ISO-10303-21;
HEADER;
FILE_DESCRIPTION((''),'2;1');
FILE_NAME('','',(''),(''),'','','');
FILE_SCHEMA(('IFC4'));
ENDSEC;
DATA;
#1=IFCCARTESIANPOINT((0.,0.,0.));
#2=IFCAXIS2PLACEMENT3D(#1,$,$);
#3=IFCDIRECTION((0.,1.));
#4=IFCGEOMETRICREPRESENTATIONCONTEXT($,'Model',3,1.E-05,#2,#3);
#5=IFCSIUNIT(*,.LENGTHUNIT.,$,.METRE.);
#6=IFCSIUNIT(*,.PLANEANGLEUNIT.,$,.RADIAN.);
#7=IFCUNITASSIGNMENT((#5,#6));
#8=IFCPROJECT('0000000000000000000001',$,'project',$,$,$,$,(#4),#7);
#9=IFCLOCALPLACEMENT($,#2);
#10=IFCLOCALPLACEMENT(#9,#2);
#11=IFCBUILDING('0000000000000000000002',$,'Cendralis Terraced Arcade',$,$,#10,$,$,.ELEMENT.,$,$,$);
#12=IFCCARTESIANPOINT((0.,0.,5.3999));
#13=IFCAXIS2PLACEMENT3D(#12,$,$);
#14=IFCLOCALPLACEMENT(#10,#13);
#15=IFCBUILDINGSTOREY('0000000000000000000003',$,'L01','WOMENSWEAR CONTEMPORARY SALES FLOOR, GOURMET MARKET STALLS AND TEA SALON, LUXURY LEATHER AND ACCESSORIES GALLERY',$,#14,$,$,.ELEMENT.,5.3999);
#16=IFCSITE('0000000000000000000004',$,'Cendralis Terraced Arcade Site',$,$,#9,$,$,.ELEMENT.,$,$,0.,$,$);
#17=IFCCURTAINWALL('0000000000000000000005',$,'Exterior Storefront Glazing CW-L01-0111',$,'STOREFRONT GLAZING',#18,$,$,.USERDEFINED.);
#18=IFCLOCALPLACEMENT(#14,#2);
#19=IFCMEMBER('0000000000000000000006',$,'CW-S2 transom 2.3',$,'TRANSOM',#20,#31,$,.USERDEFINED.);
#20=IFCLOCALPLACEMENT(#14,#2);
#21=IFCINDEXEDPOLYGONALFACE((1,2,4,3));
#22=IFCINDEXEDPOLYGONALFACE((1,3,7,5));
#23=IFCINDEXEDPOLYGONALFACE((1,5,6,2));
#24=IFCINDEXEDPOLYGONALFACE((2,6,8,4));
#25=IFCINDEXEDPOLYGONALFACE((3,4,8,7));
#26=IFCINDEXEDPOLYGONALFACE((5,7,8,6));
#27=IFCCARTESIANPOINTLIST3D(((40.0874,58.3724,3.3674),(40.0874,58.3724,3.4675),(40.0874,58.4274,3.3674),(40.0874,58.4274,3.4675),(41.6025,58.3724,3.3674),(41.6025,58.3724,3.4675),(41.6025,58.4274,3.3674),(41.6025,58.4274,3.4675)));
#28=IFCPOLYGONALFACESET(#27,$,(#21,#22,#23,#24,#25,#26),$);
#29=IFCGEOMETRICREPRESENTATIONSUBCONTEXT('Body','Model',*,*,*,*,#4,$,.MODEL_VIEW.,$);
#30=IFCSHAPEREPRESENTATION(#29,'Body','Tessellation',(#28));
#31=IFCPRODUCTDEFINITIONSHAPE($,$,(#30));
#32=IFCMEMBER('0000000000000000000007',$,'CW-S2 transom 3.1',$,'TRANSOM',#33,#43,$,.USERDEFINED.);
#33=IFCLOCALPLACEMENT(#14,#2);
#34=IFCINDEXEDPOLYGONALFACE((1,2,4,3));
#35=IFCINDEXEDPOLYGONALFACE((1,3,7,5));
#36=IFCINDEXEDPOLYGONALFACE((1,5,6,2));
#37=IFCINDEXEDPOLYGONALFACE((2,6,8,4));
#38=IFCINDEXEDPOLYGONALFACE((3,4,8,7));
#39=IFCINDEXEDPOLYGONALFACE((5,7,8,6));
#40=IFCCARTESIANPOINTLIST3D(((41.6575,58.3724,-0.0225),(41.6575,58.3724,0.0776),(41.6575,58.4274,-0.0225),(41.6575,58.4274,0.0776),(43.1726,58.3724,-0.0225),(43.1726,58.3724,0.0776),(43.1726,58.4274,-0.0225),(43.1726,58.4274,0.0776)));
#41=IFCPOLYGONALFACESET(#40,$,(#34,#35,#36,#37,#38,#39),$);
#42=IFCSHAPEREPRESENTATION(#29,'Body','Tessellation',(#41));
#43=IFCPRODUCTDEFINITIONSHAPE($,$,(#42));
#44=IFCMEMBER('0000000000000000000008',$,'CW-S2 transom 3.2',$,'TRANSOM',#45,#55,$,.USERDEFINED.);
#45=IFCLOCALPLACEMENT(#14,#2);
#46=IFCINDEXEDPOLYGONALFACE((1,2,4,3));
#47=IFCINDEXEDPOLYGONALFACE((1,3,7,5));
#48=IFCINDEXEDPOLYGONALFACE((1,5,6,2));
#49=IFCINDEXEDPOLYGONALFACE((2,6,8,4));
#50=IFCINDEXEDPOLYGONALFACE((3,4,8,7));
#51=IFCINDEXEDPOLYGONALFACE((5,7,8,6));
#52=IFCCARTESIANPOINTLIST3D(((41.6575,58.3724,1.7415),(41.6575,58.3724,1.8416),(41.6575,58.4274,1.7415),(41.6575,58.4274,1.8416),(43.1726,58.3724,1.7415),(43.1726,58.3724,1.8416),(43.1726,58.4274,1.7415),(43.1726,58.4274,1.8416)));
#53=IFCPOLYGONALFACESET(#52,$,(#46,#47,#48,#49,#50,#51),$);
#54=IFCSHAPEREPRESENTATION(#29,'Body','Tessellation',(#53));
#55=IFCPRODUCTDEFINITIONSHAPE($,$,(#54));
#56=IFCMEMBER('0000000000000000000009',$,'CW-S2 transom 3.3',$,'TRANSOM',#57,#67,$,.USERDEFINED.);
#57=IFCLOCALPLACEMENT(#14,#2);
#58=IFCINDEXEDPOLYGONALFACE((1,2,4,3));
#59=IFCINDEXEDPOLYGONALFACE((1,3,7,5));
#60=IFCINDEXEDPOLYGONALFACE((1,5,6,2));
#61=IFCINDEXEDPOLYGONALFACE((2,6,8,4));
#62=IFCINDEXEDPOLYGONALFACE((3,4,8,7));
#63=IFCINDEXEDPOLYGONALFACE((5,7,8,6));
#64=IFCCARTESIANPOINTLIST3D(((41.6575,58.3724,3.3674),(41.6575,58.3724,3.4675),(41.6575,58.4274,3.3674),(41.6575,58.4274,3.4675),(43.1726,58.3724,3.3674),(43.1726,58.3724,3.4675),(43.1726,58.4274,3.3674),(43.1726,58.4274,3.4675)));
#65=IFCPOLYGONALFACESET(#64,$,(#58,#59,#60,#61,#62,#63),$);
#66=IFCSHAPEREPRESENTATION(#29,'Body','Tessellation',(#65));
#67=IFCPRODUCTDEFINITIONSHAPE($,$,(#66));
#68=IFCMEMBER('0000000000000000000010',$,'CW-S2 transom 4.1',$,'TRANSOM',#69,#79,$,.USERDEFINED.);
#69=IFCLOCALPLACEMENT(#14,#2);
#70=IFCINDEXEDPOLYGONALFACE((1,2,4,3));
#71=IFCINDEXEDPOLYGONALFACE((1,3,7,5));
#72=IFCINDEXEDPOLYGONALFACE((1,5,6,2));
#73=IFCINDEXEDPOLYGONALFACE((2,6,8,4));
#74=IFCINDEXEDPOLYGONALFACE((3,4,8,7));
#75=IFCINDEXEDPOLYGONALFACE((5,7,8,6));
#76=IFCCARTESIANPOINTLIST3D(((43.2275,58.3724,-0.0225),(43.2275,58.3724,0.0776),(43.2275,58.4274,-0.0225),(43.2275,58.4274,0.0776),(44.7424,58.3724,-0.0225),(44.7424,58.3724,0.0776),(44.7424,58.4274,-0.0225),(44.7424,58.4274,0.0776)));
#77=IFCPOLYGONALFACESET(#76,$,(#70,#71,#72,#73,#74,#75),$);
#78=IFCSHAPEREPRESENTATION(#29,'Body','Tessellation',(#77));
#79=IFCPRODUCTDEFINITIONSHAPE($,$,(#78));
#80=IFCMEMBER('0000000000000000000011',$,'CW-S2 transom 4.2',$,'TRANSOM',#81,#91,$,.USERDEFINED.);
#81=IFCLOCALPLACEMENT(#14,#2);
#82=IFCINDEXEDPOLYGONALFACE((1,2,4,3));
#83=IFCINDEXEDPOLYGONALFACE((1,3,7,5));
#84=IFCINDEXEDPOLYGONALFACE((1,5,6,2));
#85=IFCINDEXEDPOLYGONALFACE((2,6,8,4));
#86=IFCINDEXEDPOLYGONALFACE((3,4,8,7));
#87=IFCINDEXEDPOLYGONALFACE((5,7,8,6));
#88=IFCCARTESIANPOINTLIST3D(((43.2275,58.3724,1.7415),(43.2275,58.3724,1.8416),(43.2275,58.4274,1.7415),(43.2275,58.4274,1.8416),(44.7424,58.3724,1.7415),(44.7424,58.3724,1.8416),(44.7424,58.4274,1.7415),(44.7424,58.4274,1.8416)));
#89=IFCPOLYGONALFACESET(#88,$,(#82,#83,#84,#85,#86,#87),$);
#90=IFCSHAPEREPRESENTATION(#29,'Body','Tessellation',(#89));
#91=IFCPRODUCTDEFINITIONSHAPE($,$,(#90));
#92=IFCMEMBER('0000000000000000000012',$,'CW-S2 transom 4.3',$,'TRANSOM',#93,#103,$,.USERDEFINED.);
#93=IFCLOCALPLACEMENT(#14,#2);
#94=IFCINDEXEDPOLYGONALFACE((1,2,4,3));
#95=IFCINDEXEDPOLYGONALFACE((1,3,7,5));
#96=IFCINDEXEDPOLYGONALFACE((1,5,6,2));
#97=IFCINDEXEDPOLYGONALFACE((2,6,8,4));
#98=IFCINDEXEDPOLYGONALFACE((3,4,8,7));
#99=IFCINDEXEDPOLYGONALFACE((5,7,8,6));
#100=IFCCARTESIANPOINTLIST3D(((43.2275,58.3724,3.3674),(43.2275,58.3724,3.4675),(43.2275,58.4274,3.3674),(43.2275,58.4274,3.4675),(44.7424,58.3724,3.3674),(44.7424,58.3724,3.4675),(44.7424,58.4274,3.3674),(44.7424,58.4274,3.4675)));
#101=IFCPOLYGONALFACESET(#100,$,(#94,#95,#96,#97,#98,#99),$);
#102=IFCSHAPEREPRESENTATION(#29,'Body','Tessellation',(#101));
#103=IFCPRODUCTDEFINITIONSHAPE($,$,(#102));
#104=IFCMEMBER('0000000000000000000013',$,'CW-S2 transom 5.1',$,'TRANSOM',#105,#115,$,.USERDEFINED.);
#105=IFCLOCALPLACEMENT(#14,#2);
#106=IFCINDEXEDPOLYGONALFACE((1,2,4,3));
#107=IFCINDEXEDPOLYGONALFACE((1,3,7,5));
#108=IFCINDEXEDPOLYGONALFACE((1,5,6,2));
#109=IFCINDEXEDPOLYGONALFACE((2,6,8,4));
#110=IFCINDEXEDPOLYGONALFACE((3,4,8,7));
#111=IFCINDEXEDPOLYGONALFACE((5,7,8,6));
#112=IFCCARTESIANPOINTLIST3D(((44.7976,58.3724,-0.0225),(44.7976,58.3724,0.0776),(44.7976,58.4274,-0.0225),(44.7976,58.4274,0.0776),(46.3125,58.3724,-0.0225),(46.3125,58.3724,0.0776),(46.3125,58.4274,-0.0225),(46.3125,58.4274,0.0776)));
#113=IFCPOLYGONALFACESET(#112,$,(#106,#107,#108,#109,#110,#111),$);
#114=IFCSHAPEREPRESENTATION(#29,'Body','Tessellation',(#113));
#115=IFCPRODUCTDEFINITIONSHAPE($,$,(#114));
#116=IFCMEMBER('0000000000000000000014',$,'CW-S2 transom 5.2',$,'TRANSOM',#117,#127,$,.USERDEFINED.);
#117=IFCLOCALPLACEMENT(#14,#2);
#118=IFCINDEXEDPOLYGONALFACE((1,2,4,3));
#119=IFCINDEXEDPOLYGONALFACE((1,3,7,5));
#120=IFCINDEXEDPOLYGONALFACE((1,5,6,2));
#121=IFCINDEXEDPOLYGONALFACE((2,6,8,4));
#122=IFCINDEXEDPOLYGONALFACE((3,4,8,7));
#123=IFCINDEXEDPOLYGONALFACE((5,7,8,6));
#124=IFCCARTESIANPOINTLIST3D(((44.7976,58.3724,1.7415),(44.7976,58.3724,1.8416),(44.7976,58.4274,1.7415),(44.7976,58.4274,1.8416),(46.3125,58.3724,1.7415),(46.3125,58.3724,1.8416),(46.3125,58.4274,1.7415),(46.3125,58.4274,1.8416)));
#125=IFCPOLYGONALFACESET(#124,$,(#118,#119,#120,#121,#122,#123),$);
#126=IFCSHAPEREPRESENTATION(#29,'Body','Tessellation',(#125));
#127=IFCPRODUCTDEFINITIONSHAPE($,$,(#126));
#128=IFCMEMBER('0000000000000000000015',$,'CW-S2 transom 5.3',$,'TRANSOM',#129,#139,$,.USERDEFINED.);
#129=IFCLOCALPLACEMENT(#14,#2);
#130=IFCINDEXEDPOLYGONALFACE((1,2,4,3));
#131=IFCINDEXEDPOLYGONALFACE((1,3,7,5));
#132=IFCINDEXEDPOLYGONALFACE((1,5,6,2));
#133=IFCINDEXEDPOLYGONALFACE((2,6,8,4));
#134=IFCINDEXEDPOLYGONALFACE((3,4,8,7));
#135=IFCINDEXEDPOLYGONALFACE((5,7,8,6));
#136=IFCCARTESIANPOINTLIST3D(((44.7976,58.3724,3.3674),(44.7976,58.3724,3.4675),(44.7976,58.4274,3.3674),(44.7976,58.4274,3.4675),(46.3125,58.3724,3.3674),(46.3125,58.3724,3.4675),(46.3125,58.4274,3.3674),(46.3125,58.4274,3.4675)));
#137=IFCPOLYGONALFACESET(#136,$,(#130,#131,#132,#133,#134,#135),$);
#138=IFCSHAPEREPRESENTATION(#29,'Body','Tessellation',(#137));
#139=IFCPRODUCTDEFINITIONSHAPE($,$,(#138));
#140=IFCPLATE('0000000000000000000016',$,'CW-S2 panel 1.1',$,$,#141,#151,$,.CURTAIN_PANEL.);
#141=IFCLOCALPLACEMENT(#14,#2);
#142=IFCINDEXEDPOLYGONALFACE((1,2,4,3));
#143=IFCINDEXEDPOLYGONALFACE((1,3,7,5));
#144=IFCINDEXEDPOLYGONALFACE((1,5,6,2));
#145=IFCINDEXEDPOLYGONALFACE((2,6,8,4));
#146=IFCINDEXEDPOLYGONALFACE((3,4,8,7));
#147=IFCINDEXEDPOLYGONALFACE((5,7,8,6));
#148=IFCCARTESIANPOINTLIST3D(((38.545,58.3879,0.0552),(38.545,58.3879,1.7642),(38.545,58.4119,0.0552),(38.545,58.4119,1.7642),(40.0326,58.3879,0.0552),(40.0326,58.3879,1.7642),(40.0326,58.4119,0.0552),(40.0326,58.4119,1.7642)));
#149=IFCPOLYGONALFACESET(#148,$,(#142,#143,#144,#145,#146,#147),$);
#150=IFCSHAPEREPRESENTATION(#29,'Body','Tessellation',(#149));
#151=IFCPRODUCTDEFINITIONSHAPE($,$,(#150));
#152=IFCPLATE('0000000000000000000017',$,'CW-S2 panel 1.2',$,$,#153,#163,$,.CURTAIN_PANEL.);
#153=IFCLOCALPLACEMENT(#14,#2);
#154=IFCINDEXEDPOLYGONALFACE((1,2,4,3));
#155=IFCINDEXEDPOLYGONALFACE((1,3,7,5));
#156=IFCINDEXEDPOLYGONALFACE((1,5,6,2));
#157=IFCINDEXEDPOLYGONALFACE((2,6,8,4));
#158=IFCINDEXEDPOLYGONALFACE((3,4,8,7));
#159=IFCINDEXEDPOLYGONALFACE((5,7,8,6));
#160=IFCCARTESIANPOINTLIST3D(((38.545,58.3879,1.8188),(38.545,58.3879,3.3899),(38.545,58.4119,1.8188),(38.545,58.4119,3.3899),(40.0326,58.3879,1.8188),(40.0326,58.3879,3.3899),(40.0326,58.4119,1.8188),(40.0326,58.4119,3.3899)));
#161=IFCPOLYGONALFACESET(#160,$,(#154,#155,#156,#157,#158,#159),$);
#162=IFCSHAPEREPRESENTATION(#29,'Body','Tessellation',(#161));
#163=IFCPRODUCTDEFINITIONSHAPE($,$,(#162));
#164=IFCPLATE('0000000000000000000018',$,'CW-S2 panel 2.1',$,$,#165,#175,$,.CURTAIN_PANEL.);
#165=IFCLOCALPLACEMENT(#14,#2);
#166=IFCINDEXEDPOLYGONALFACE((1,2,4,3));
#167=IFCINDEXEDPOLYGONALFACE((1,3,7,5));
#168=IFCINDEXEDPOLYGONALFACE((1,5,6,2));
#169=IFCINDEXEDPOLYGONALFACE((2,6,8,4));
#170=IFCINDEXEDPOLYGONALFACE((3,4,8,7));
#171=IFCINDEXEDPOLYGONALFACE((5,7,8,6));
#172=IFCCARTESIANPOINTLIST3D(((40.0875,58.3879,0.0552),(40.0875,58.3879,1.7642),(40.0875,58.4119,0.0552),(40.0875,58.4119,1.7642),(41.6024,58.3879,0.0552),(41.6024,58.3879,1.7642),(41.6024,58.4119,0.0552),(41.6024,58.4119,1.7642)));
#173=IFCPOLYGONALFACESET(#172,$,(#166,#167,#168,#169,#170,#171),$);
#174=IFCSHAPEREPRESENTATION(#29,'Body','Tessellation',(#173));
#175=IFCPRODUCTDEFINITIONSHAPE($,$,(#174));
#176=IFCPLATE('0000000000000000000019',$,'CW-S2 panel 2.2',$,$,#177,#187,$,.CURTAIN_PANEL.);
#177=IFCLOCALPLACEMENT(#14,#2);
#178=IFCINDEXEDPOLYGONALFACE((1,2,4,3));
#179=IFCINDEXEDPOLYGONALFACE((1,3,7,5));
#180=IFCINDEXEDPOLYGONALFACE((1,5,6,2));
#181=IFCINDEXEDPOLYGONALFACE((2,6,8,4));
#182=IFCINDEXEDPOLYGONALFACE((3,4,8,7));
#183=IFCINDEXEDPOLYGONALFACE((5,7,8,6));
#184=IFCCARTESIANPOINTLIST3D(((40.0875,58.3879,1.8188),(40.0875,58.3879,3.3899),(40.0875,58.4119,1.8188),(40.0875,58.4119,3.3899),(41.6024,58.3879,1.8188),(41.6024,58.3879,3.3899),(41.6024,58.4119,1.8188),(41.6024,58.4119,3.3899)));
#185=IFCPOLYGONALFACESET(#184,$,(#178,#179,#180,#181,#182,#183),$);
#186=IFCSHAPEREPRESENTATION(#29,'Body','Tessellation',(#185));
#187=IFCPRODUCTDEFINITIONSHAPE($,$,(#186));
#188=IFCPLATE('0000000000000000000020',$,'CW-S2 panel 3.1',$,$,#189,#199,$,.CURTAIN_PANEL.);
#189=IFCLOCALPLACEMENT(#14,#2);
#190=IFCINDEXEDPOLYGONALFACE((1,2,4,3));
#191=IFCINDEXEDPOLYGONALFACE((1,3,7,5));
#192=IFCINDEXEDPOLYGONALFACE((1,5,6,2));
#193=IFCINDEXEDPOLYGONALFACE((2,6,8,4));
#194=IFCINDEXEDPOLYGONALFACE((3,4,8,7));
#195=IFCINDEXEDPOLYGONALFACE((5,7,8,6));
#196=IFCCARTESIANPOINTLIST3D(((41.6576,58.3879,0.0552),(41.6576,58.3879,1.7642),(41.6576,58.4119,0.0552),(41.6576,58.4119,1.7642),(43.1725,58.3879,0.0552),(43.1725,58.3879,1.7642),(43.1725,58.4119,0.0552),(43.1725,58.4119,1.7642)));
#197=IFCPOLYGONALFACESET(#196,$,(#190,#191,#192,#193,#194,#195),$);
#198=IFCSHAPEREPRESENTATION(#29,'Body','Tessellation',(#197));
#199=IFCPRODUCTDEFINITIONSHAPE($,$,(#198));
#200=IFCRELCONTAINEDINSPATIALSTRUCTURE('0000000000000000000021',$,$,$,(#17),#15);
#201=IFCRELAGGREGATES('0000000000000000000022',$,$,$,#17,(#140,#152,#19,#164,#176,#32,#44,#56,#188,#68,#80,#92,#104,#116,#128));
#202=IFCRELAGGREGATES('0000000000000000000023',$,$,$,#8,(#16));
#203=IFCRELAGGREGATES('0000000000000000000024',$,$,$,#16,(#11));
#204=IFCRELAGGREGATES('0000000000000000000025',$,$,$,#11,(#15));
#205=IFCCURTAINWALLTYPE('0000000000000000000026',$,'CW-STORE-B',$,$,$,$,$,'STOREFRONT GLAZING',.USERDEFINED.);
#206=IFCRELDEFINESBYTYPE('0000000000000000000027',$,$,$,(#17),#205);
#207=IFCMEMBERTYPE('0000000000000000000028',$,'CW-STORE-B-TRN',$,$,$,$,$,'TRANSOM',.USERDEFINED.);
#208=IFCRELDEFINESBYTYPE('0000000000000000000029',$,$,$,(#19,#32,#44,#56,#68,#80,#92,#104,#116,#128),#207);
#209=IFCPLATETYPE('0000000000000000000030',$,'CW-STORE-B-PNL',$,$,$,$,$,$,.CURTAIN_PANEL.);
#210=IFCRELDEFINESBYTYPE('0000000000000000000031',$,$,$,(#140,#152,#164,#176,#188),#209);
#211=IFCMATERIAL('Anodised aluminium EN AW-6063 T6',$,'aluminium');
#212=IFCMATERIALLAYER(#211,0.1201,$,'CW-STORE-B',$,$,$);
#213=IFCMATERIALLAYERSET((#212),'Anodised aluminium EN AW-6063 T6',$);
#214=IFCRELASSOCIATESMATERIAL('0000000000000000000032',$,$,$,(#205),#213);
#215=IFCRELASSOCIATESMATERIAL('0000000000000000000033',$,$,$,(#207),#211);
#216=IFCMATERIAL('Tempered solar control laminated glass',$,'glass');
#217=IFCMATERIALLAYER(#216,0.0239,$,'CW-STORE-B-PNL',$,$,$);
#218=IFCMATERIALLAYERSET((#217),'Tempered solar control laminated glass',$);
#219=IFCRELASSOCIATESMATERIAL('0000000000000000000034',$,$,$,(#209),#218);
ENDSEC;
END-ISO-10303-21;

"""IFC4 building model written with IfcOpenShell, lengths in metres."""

from ifc_helpers import new_model, si_unit, direction, frame, origin, origin_2d, place, context, subcontext, project, spatial, rectangle, extrude, material, layer, layer_set, material_profile, profile_set, type_object, element, aggregate, save


model = new_model("IFC4")

# Units and contexts
model_context = context("Model", 3, precision=1e-05, world=origin(), true_north=direction((0.0, 1.0)))
body_context = subcontext(model_context, "Body", "Model", "MODEL_VIEW")
ifc_project = project(units=[si_unit("LENGTHUNIT", "METRE"), si_unit("PLANEANGLEUNIT", "RADIAN")], contexts=[model_context])

# Site, building, storey
site_placement = place(None, origin())
site = spatial("IfcSite", under=ifc_project, at=site_placement, Name="Cendralis Terraced Arcade Site", CompositionType="ELEMENT", RefElevation=0.0)
building_placement = place(site_placement, origin())
building = spatial("IfcBuilding", under=site, at=building_placement, Name="Cendralis Terraced Arcade", CompositionType="ELEMENT")
storey_placement = place(building_placement, frame((0.0, 0.0, 5.3999)))
storey = spatial("IfcBuildingStorey", under=building, at=storey_placement, Name="L01", Description="WOMENSWEAR CONTEMPORARY SALES FLOOR, GOURMET MARKET STALLS AND TEA SALON, LUXURY LEATHER AND ACCESSORIES GALLERY", CompositionType="ELEMENT", Elevation=5.3999)

# Curtain wall, members, plates
ifc_material_1 = material(Name="Anodised aluminium EN AW-6063 T6", Category="aluminium")
ifc_layer_1 = layer(ifc_material_1, 0.1201, Name="CW-STORE-B")
ifc_layer_set_1 = layer_set([ifc_layer_1], Name="Anodised aluminium EN AW-6063 T6")
curtain_wall_type = type_object("IfcCurtainWallType", Name="CW-STORE-B", ElementType="STOREFRONT GLAZING", PredefinedType="USERDEFINED", material=ifc_layer_set_1)
curtain_wall_placement = place(storey_placement, origin())
curtain_wall = element("IfcCurtainWall", 1, at=curtain_wall_placement, inside=storey, type_object=curtain_wall_type, Name="Exterior Storefront Glazing CW-L01-0111", ObjectType="STOREFRONT GLAZING", PredefinedType="USERDEFINED")
ifc_material_profile_1 = material_profile(ifc_material_1, rectangle(XDim=0.0549, YDim=0.1001, at=origin_2d()), Name="ALU-TRN-55x100")
ifc_profile_set_1 = profile_set([ifc_material_profile_1], Name="Anodised aluminium EN AW-6063 T6")
member_type_1 = type_object("IfcMemberType", Name="CW-STORE-B-TRN", ElementType="TRANSOM", PredefinedType="USERDEFINED", material=ifc_profile_set_1)
member_1_placement = place(storey_placement, frame((40.0874, 58.3999, 3.4175), z_axis=(1.0, 0.0, 0.0), x_axis=(0.0, 1.0, 0.0)))
member_1 = element("IfcMember", 2, at=member_1_placement, type_object=member_type_1, Name="CW-S2 transom 2.3", ObjectType="TRANSOM", PredefinedType="USERDEFINED", context=body_context, shape_type="SweptSolid", body=[
    extrude(rectangle(XDim=0.0549, YDim=0.1001, at=origin_2d()), origin(), (0.0, 0.0, 1.0), 1.5151),
])
member_2_placement = place(storey_placement, frame((41.6575, 58.3999, 0.0276), z_axis=(1.0, 0.0, 0.0), x_axis=(0.0, 1.0, 0.0)))
member_2 = element("IfcMember", 3, at=member_2_placement, type_object=member_type_1, Name="CW-S2 transom 3.1", ObjectType="TRANSOM", PredefinedType="USERDEFINED", context=body_context, shape_type="SweptSolid", body=[
    extrude(rectangle(XDim=0.0549, YDim=0.1001, at=origin_2d()), origin(), (0.0, 0.0, 1.0), 1.5151),
])
member_3_placement = place(storey_placement, frame((41.6575, 58.3999, 1.7915), z_axis=(1.0, 0.0, 0.0), x_axis=(0.0, 1.0, 0.0)))
member_3 = element("IfcMember", 4, at=member_3_placement, type_object=member_type_1, Name="CW-S2 transom 3.2", ObjectType="TRANSOM", PredefinedType="USERDEFINED", context=body_context, shape_type="SweptSolid", body=[
    extrude(rectangle(XDim=0.0549, YDim=0.1001, at=origin_2d()), origin(), (0.0, 0.0, 1.0), 1.5151),
])
member_4_placement = place(storey_placement, frame((41.6575, 58.3999, 3.4175), z_axis=(1.0, 0.0, 0.0), x_axis=(0.0, 1.0, 0.0)))
member_4 = element("IfcMember", 5, at=member_4_placement, type_object=member_type_1, Name="CW-S2 transom 3.3", ObjectType="TRANSOM", PredefinedType="USERDEFINED", context=body_context, shape_type="SweptSolid", body=[
    extrude(rectangle(XDim=0.0549, YDim=0.1001, at=origin_2d()), origin(), (0.0, 0.0, 1.0), 1.5151),
])
member_5_placement = place(storey_placement, frame((43.2275, 58.3999, 0.0276), z_axis=(1.0, 0.0, 0.0), x_axis=(0.0, 1.0, 0.0)))
member_5 = element("IfcMember", 6, at=member_5_placement, type_object=member_type_1, Name="CW-S2 transom 4.1", ObjectType="TRANSOM", PredefinedType="USERDEFINED", context=body_context, shape_type="SweptSolid", body=[
    extrude(rectangle(XDim=0.0549, YDim=0.1001, at=origin_2d()), origin(), (0.0, 0.0, 1.0), 1.5149),
])
member_6_placement = place(storey_placement, frame((43.2275, 58.3999, 1.7915), z_axis=(1.0, 0.0, 0.0), x_axis=(0.0, 1.0, 0.0)))
member_6 = element("IfcMember", 7, at=member_6_placement, type_object=member_type_1, Name="CW-S2 transom 4.2", ObjectType="TRANSOM", PredefinedType="USERDEFINED", context=body_context, shape_type="SweptSolid", body=[
    extrude(rectangle(XDim=0.0549, YDim=0.1001, at=origin_2d()), origin(), (0.0, 0.0, 1.0), 1.5149),
])
member_7_placement = place(storey_placement, frame((43.2275, 58.3999, 3.4175), z_axis=(1.0, 0.0, 0.0), x_axis=(0.0, 1.0, 0.0)))
member_7 = element("IfcMember", 8, at=member_7_placement, type_object=member_type_1, Name="CW-S2 transom 4.3", ObjectType="TRANSOM", PredefinedType="USERDEFINED", context=body_context, shape_type="SweptSolid", body=[
    extrude(rectangle(XDim=0.0549, YDim=0.1001, at=origin_2d()), origin(), (0.0, 0.0, 1.0), 1.5149),
])
member_8_placement = place(storey_placement, frame((44.7976, 58.3999, 0.0276), z_axis=(1.0, 0.0, 0.0), x_axis=(0.0, 1.0, 0.0)))
member_8 = element("IfcMember", 9, at=member_8_placement, type_object=member_type_1, Name="CW-S2 transom 5.1", ObjectType="TRANSOM", PredefinedType="USERDEFINED", context=body_context, shape_type="SweptSolid", body=[
    extrude(rectangle(XDim=0.0549, YDim=0.1001, at=origin_2d()), origin(), (0.0, 0.0, 1.0), 1.5149),
])
member_9_placement = place(storey_placement, frame((44.7976, 58.3999, 1.7915), z_axis=(1.0, 0.0, 0.0), x_axis=(0.0, 1.0, 0.0)))
member_9 = element("IfcMember", 10, at=member_9_placement, type_object=member_type_1, Name="CW-S2 transom 5.2", ObjectType="TRANSOM", PredefinedType="USERDEFINED", context=body_context, shape_type="SweptSolid", body=[
    extrude(rectangle(XDim=0.0549, YDim=0.1001, at=origin_2d()), origin(), (0.0, 0.0, 1.0), 1.5149),
])
member_10_placement = place(storey_placement, frame((44.7976, 58.3999, 3.4175), z_axis=(1.0, 0.0, 0.0), x_axis=(0.0, 1.0, 0.0)))
member_10 = element("IfcMember", 11, at=member_10_placement, type_object=member_type_1, Name="CW-S2 transom 5.3", ObjectType="TRANSOM", PredefinedType="USERDEFINED", context=body_context, shape_type="SweptSolid", body=[
    extrude(rectangle(XDim=0.0549, YDim=0.1001, at=origin_2d()), origin(), (0.0, 0.0, 1.0), 1.5149),
])
ifc_material_2 = material(Name="Tempered solar control laminated glass", Category="glass")
ifc_layer_2 = layer(ifc_material_2, 0.0239, Name="CW-STORE-B-PNL")
ifc_layer_set_2 = layer_set([ifc_layer_2], Name="Tempered solar control laminated glass")
plate_type = type_object("IfcPlateType", Name="CW-STORE-B-PNL", PredefinedType="CURTAIN_PANEL", material=ifc_layer_set_2)
plate_1_placement = place(storey_placement, frame((39.2888, 58.3999, 0.0552), z_axis=(0.0, 0.0, 1.0), x_axis=(1.0, 0.0, 0.0)))
plate_1 = element("IfcPlate", 12, at=plate_1_placement, type_object=plate_type, Name="CW-S2 panel 1.1", PredefinedType="CURTAIN_PANEL", context=body_context, shape_type="SweptSolid", body=[
    extrude(rectangle(XDim=1.4875, YDim=0.0239, at=origin_2d()), origin(), (0.0, 0.0, 1.0), 1.709),
])
plate_2_placement = place(storey_placement, frame((39.2888, 58.3999, 1.8188), z_axis=(0.0, 0.0, 1.0), x_axis=(1.0, 0.0, 0.0)))
plate_2 = element("IfcPlate", 13, at=plate_2_placement, type_object=plate_type, Name="CW-S2 panel 1.2", PredefinedType="CURTAIN_PANEL", context=body_context, shape_type="SweptSolid", body=[
    extrude(rectangle(XDim=1.4875, YDim=0.0239, at=origin_2d()), origin(), (0.0, 0.0, 1.0), 1.571),
])
plate_3_placement = place(storey_placement, frame((40.845, 58.3999, 0.0552), z_axis=(0.0, 0.0, 1.0), x_axis=(1.0, 0.0, 0.0)))
plate_3 = element("IfcPlate", 14, at=plate_3_placement, type_object=plate_type, Name="CW-S2 panel 2.1", PredefinedType="CURTAIN_PANEL", context=body_context, shape_type="SweptSolid", body=[
    extrude(rectangle(XDim=1.5149, YDim=0.0239, at=origin_2d()), origin(), (0.0, 0.0, 1.0), 1.709),
])
plate_4_placement = place(storey_placement, frame((40.845, 58.3999, 1.8188), z_axis=(0.0, 0.0, 1.0), x_axis=(1.0, 0.0, 0.0)))
plate_4 = element("IfcPlate", 15, at=plate_4_placement, type_object=plate_type, Name="CW-S2 panel 2.2", PredefinedType="CURTAIN_PANEL", context=body_context, shape_type="SweptSolid", body=[
    extrude(rectangle(XDim=1.5149, YDim=0.0239, at=origin_2d()), origin(), (0.0, 0.0, 1.0), 1.571),
])
plate_5_placement = place(storey_placement, frame((42.415, 58.3999, 0.0552), z_axis=(0.0, 0.0, 1.0), x_axis=(1.0, 0.0, 0.0)))
plate_5 = element("IfcPlate", 16, at=plate_5_placement, type_object=plate_type, Name="CW-S2 panel 3.1", PredefinedType="CURTAIN_PANEL", context=body_context, shape_type="SweptSolid", body=[
    extrude(rectangle(XDim=1.5149, YDim=0.0239, at=origin_2d()), origin(), (0.0, 0.0, 1.0), 1.709),
])
aggregate(curtain_wall, [plate_1, plate_2, member_1, plate_3, plate_4, member_2, member_3, member_4, plate_5, member_5, member_6, member_7, member_8, member_9, member_10])

save(model, "model.ifc")
